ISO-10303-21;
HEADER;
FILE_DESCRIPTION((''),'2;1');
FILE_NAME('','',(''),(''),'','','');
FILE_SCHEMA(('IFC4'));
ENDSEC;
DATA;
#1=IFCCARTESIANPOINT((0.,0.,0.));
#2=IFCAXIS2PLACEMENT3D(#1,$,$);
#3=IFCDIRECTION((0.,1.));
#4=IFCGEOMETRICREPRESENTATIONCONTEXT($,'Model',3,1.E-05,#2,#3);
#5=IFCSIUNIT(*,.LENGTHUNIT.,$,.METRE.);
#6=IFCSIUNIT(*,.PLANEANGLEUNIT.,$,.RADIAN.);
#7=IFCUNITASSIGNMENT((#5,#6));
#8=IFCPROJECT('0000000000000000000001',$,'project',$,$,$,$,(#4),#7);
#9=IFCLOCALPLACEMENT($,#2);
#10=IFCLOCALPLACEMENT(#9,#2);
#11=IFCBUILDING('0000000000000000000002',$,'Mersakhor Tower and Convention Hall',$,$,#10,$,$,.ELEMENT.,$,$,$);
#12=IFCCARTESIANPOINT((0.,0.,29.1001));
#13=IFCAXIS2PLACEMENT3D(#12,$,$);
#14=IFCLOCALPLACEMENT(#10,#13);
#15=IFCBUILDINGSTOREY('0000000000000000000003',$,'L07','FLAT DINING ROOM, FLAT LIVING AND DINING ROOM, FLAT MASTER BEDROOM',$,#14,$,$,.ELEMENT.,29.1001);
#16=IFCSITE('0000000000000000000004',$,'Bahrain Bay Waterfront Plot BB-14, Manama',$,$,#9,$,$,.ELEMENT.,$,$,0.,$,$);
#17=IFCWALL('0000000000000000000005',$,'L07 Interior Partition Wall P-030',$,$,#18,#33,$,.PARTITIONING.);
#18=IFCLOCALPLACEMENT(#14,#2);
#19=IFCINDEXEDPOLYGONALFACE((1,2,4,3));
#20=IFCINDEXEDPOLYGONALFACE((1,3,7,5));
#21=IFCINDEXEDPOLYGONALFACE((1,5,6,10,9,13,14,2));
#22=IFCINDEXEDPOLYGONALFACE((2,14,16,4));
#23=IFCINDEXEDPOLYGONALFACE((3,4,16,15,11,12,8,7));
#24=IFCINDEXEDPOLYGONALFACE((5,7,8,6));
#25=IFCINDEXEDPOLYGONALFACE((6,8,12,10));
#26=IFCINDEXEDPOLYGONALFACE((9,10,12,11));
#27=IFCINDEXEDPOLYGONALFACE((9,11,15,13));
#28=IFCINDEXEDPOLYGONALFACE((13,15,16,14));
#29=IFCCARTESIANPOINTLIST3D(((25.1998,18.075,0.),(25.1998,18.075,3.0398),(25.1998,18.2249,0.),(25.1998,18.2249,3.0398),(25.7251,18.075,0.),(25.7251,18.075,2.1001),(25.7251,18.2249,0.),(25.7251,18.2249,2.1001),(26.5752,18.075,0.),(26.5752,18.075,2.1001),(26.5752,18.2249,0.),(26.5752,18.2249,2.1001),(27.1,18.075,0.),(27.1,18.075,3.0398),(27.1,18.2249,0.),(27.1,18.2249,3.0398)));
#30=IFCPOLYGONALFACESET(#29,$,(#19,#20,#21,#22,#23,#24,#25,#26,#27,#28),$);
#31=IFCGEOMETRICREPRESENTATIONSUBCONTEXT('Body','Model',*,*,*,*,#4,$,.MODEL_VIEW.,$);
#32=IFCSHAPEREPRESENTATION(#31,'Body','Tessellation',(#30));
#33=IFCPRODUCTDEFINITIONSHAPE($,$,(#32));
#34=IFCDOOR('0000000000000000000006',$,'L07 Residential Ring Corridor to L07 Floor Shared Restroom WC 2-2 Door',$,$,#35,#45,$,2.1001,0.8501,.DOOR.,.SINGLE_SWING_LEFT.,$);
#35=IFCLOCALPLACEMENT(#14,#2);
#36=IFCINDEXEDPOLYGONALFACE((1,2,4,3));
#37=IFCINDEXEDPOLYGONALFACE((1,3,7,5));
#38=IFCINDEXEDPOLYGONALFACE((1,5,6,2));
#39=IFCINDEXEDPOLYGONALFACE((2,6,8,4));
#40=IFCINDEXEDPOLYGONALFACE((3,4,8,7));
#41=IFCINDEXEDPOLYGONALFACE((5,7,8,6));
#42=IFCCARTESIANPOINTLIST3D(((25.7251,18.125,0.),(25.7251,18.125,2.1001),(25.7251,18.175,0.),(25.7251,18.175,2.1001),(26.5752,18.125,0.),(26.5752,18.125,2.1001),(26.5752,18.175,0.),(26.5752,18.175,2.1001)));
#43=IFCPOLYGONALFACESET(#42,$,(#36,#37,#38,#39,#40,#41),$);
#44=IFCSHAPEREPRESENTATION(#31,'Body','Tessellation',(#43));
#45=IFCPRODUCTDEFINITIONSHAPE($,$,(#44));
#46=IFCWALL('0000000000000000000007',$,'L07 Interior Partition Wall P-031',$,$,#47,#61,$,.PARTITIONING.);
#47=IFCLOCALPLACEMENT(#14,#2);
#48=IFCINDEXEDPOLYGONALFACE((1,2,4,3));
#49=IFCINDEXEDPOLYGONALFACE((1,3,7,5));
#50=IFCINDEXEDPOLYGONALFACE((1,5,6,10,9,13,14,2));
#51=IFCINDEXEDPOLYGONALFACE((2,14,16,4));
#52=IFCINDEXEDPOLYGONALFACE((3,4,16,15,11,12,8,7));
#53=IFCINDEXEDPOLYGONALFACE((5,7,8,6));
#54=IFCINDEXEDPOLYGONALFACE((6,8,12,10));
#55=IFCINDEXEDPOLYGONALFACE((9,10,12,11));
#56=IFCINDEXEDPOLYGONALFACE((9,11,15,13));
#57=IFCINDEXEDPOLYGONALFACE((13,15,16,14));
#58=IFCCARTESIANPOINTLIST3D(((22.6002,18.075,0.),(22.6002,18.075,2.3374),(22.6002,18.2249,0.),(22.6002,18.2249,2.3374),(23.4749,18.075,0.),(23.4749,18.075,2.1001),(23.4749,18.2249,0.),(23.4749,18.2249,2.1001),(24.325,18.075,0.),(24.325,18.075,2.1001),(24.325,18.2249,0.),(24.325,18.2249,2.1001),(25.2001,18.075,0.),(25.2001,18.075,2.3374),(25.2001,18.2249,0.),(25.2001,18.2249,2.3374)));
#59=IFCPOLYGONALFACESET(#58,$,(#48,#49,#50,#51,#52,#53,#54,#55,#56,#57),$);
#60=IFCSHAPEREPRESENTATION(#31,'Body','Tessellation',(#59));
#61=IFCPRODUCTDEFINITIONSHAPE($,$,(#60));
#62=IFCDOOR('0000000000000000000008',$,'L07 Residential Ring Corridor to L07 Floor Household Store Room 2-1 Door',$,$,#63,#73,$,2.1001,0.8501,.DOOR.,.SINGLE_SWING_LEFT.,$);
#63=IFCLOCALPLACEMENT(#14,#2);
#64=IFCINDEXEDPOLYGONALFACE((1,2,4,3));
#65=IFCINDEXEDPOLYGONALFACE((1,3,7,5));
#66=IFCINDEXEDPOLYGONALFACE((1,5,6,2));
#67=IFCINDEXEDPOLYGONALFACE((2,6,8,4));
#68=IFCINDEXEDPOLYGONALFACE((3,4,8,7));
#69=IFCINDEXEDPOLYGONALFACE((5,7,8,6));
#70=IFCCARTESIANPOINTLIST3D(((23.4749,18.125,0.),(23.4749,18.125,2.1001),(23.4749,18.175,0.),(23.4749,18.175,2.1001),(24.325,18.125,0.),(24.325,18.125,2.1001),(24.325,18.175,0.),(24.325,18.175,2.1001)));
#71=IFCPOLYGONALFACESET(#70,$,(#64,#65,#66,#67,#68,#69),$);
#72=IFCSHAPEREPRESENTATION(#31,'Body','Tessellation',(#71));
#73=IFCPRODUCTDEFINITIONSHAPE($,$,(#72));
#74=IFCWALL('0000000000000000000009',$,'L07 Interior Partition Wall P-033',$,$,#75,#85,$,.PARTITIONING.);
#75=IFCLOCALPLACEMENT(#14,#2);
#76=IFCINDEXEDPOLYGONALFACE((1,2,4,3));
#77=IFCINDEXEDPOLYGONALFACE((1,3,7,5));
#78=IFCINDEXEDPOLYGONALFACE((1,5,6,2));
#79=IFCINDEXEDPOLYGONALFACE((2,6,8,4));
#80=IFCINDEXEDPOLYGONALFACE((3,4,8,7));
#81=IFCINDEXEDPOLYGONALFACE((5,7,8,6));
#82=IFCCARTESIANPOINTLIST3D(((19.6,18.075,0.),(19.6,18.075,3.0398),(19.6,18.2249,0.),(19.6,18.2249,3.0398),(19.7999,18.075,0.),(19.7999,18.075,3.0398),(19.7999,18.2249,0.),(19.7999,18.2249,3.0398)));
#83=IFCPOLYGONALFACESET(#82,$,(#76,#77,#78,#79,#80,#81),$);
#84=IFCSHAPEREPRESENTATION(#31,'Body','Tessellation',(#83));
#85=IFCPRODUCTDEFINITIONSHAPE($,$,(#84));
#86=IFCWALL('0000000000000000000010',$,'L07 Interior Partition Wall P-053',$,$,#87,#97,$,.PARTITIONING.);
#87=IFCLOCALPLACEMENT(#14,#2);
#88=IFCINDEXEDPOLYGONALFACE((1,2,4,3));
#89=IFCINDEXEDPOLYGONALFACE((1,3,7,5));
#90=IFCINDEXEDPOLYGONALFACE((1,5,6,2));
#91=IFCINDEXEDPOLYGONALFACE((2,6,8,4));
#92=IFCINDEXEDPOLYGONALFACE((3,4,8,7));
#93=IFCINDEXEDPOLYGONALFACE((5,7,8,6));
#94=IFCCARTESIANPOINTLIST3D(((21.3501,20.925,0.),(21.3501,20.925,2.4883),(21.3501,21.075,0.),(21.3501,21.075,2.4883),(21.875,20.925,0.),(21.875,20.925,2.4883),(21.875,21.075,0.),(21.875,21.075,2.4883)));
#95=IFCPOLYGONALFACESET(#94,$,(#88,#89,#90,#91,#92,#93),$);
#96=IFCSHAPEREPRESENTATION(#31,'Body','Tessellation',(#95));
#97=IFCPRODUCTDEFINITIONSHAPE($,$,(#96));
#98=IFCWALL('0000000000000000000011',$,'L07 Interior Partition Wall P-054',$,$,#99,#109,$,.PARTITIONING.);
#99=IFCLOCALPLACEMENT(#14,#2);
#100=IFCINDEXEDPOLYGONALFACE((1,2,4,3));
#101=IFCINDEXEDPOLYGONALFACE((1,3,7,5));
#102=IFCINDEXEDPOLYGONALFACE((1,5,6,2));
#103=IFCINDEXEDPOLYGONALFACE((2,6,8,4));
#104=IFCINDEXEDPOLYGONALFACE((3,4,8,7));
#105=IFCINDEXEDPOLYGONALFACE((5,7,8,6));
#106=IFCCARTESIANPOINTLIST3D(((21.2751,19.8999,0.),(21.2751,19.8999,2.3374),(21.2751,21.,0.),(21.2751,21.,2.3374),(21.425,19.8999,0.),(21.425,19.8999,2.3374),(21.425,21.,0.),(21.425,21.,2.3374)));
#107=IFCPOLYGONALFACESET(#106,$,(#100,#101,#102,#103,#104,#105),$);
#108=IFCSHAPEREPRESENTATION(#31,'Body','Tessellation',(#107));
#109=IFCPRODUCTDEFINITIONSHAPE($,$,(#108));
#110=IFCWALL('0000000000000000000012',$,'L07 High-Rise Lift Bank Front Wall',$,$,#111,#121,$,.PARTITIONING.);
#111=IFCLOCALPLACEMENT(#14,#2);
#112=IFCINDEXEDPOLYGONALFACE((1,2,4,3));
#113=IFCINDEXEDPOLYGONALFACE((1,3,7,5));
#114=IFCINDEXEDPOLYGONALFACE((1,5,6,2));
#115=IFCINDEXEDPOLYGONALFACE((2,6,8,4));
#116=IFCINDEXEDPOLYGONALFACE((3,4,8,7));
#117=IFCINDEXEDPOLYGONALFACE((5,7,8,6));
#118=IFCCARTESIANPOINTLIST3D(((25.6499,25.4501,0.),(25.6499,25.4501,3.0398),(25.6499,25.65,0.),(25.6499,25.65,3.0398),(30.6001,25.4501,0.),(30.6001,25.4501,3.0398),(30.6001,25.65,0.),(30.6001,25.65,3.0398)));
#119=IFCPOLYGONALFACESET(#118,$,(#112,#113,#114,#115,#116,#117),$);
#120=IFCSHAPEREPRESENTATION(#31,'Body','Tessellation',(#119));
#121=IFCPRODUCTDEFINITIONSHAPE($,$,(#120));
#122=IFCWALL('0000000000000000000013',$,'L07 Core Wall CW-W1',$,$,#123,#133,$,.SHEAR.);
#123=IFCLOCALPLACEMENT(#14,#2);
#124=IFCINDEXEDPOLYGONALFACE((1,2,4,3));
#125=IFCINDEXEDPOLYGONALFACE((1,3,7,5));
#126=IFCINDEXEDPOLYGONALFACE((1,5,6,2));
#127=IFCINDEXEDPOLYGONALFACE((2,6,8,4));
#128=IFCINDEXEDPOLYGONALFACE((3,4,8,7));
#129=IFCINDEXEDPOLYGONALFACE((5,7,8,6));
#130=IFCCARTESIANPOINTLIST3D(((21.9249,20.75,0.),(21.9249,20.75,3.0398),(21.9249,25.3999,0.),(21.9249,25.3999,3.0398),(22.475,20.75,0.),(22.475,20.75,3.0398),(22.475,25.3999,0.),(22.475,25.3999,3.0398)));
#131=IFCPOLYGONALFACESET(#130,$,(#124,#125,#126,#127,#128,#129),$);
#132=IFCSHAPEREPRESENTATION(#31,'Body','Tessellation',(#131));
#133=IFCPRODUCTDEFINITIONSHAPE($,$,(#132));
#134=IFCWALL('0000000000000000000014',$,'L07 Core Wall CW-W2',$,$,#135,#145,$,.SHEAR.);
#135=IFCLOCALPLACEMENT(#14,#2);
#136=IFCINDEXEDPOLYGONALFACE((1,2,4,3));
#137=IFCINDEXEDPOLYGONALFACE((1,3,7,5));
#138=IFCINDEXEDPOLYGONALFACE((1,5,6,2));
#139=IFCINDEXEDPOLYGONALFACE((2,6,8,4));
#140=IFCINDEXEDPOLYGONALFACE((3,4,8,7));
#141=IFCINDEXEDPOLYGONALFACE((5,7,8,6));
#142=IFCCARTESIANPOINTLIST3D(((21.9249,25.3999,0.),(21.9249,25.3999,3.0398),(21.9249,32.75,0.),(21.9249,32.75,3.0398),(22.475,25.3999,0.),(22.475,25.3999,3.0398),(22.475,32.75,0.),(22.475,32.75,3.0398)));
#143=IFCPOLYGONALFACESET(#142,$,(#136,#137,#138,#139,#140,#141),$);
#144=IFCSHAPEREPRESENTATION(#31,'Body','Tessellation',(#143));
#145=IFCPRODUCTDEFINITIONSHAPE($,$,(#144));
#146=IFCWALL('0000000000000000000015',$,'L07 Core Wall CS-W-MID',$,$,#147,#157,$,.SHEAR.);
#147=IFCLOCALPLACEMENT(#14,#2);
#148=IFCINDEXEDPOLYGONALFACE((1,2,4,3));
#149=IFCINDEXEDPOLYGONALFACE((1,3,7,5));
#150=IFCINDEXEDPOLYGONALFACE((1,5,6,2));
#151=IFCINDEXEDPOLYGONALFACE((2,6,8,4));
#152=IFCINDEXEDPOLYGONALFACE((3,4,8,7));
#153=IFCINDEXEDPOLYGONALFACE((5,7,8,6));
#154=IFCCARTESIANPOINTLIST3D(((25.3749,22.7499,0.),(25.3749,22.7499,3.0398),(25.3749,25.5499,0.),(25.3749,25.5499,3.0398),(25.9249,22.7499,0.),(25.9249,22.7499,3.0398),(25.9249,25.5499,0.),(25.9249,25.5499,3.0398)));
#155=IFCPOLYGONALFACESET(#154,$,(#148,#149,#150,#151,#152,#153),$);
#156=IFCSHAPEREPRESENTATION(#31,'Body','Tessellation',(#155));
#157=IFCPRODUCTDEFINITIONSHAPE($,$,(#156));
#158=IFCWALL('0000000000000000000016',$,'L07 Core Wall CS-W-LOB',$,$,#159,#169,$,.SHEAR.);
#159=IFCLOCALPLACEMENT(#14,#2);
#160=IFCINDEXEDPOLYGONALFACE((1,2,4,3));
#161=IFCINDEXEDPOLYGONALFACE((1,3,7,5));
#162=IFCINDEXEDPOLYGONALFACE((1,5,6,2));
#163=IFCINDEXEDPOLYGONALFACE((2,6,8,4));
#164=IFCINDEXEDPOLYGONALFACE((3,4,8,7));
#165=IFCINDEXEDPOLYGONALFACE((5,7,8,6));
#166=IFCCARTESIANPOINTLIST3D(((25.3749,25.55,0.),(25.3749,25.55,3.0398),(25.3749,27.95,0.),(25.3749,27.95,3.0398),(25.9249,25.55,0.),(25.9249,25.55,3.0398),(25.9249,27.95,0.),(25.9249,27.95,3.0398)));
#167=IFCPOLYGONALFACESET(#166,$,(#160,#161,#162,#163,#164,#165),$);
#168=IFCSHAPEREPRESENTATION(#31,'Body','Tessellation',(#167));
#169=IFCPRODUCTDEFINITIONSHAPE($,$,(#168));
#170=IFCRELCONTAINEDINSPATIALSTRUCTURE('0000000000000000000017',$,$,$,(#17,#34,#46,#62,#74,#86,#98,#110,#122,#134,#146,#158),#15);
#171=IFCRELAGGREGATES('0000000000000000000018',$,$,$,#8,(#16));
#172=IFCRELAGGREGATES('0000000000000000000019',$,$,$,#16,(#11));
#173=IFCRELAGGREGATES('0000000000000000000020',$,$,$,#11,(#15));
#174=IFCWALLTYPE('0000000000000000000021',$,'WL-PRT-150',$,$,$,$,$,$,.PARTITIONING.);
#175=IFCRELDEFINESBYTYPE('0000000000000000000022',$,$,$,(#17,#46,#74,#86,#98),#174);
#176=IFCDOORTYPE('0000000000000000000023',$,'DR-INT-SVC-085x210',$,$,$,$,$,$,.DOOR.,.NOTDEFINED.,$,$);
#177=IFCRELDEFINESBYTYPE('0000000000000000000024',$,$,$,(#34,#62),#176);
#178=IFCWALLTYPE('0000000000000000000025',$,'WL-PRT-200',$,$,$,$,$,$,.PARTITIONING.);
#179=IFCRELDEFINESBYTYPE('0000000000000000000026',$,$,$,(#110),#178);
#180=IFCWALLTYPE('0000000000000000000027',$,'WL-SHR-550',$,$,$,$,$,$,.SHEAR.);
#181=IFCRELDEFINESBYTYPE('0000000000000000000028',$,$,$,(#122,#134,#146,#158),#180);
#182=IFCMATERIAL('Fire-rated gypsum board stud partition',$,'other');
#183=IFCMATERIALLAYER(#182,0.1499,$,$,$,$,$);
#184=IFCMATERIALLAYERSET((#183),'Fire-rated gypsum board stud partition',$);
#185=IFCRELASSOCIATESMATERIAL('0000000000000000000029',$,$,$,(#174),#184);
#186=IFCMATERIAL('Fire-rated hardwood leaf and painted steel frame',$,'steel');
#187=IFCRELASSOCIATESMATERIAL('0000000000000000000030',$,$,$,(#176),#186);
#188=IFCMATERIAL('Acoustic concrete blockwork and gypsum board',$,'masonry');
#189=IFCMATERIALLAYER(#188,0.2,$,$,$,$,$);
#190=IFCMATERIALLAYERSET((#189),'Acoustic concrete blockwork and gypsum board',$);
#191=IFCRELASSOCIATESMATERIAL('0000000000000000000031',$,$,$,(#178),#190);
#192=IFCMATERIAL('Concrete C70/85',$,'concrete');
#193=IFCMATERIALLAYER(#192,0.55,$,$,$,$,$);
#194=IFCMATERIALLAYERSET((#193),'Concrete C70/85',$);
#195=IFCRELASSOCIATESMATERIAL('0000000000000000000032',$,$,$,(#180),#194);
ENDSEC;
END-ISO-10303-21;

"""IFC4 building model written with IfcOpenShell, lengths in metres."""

from ifc_helpers import new_model, si_unit, direction, frame, frame_2d, origin, place, context, subcontext, project, spatial, rectangle, extrude, material, layer, layer_set, type_object, element, fill, save


model = new_model("IFC4")

# Units and contexts
model_context = context("Model", 3, precision=1e-05, world=origin(), true_north=direction((0.0, 1.0)))
body_context = subcontext(model_context, "Body", "Model", "MODEL_VIEW")
ifc_project = project(units=[si_unit("LENGTHUNIT", "METRE"), si_unit("PLANEANGLEUNIT", "RADIAN")], contexts=[model_context])

# Site, building, storey
site_placement = place(None, origin())
site = spatial("IfcSite", under=ifc_project, at=site_placement, Name="Bahrain Bay Waterfront Plot BB-14, Manama", CompositionType="ELEMENT", RefElevation=0.0)
building_placement = place(site_placement, origin())
building = spatial("IfcBuilding", under=site, at=building_placement, Name="Mersakhor Tower and Convention Hall", CompositionType="ELEMENT")
storey_placement = place(building_placement, frame((0.0, 0.0, 29.1001)))
storey = spatial("IfcBuildingStorey", under=building, at=storey_placement, Name="L07", Description="FLAT DINING ROOM, FLAT LIVING AND DINING ROOM, FLAT MASTER BEDROOM", CompositionType="ELEMENT", Elevation=29.1001)

# Shared definitions
ifc_material_1 = material(Name="Fire-rated gypsum board stud partition", Category="other")
ifc_layer_1 = layer(ifc_material_1, 0.1499)
ifc_layer_set_1 = layer_set([ifc_layer_1], Name="Fire-rated gypsum board stud partition")
wall_type_1 = type_object("IfcWallType", Name="WL-PRT-150", PredefinedType="PARTITIONING", material=ifc_layer_set_1)

# Walls, openings, doors
wall_1_placement = place(storey_placement, frame((27.1001, 18.1499, 0.0), z_axis=(0.0, 0.0, 1.0), x_axis=(-1.0, 0.0, 0.0)))
wall_1 = element("IfcWall", 1, at=wall_1_placement, inside=storey, type_object=wall_type_1, Name="L07 Interior Partition Wall P-030", PredefinedType="PARTITIONING", context=body_context, shape_type="SweptSolid", body=[
    extrude(rectangle(XDim=1.9001, YDim=0.1499, at=frame_2d((0.9502, 0.0))), origin(), (0.0, 0.0, 1.0), 3.0398),
])
opening_1_placement = place(wall_1_placement, frame((0.5249, 0.0, 0.0)))
opening_1 = element("IfcOpeningElement", 2, at=opening_1_placement, cuts=wall_1, PredefinedType="OPENING", context=body_context, shape_type="SweptSolid", body=[
    extrude(rectangle(XDim=0.8501, YDim=2.1001, at=frame_2d((0.425, 1.05))), frame((0.0, 0.085, 0.0), z_axis=(0.0, -1.0, 0.0), x_axis=(1.0, 0.0, 0.0)), (0.0, 0.0, 1.0), 0.1699),
])
ifc_material_2 = material(Name="Fire-rated hardwood leaf and painted steel frame", Category="steel")
door_type_1 = type_object("IfcDoorType", Name="DR-INT-SVC-085x210", OperationType="NOTDEFINED", PredefinedType="DOOR", material=ifc_material_2)
door_1_placement = place(opening_1_placement, origin())
door_1 = element("IfcDoor", 3, at=door_1_placement, inside=storey, type_object=door_type_1, Name="L07 Residential Ring Corridor to L07 Floor Shared Restroom WC 2-2 Door", OperationType="SINGLE_SWING_LEFT", OverallHeight=2.1001, OverallWidth=0.8501, PredefinedType="DOOR", context=body_context, shape_type="SweptSolid", body=[
    extrude(rectangle(XDim=0.8501, YDim=2.1001, at=frame_2d((0.425, 1.05))), frame((0.0, 0.0249, 0.0), z_axis=(0.0, -1.0, 0.0), x_axis=(1.0, 0.0, 0.0)), (0.0, 0.0, 1.0), 0.05),
])
fill(opening_1, door_1)
wall_2_placement = place(storey_placement, frame((25.2, 18.1499, 0.0), z_axis=(0.0, 0.0, 1.0), x_axis=(-1.0, 0.0, 0.0)))
wall_2 = element("IfcWall", 4, at=wall_2_placement, inside=storey, type_object=wall_type_1, Name="L07 Interior Partition Wall P-031", PredefinedType="PARTITIONING", context=body_context, shape_type="SweptSolid", body=[
    extrude(rectangle(XDim=2.5999, YDim=0.1499, at=frame_2d((1.2998, 0.0))), origin(), (0.0, 0.0, 1.0), 2.3374),
])
opening_2_placement = place(wall_2_placement, frame((0.875, 0.0, 0.0)))
opening_2 = element("IfcOpeningElement", 5, at=opening_2_placement, cuts=wall_2, PredefinedType="OPENING", context=body_context, shape_type="SweptSolid", body=[
    extrude(rectangle(XDim=0.8501, YDim=2.1001, at=frame_2d((0.425, 1.05))), frame((0.0, 0.085, 0.0), z_axis=(0.0, -1.0, 0.0), x_axis=(1.0, 0.0, 0.0)), (0.0, 0.0, 1.0), 0.1699),
])
door_2_placement = place(opening_2_placement, origin())
door_2 = element("IfcDoor", 6, at=door_2_placement, inside=storey, type_object=door_type_1, Name="L07 Residential Ring Corridor to L07 Floor Household Store Room 2-1 Door", OperationType="SINGLE_SWING_LEFT", OverallHeight=2.1001, OverallWidth=0.8501, PredefinedType="DOOR", context=body_context, shape_type="SweptSolid", body=[
    extrude(rectangle(XDim=0.8501, YDim=2.1001, at=frame_2d((0.425, 1.05))), frame((0.0, 0.0249, 0.0), z_axis=(0.0, -1.0, 0.0), x_axis=(1.0, 0.0, 0.0)), (0.0, 0.0, 1.0), 0.05),
])
fill(opening_2, door_2)

# Walls
wall_3_placement = place(storey_placement, frame((19.8, 18.1499, 0.0), z_axis=(0.0, 0.0, 1.0), x_axis=(-1.0, 0.0, 0.0)))
element("IfcWall", 7, at=wall_3_placement, inside=storey, type_object=wall_type_1, Name="L07 Interior Partition Wall P-033", PredefinedType="PARTITIONING", context=body_context, shape_type="SweptSolid", body=[
    extrude(rectangle(XDim=0.2, YDim=0.1499, at=frame_2d((0.1001, 0.0))), origin(), (0.0, 0.0, 1.0), 3.0398),
])
wall_4_placement = place(storey_placement, frame((21.875, 21.0, 0.0), z_axis=(0.0, 0.0, 1.0), x_axis=(-1.0, 0.0, 0.0)))
element("IfcWall", 8, at=wall_4_placement, inside=storey, type_object=wall_type_1, Name="L07 Interior Partition Wall P-053", PredefinedType="PARTITIONING", context=body_context, shape_type="SweptSolid", body=[
    extrude(rectangle(XDim=0.5249, YDim=0.1499, at=frame_2d((0.2625, 0.0))), origin(), (0.0, 0.0, 1.0), 2.4883),
])
wall_5_placement = place(storey_placement, frame((21.3501, 21.0, 0.0), z_axis=(0.0, 0.0, 1.0), x_axis=(0.0, -1.0, 0.0)))
element("IfcWall", 9, at=wall_5_placement, inside=storey, type_object=wall_type_1, Name="L07 Interior Partition Wall P-054", PredefinedType="PARTITIONING", context=body_context, shape_type="SweptSolid", body=[
    extrude(rectangle(XDim=1.1001, YDim=0.1499, at=frame_2d((0.55, 0.0))), origin(), (0.0, 0.0, 1.0), 2.3374),
])
ifc_material_3 = material(Name="Acoustic concrete blockwork and gypsum board", Category="masonry")
ifc_layer_2 = layer(ifc_material_3, 0.2)
ifc_layer_set_2 = layer_set([ifc_layer_2], Name="Acoustic concrete blockwork and gypsum board")
wall_type_2 = type_object("IfcWallType", Name="WL-PRT-200", PredefinedType="PARTITIONING", material=ifc_layer_set_2)
wall_6_placement = place(storey_placement, frame((25.6499, 25.55, 0.0), z_axis=(0.0, 0.0, 1.0), x_axis=(1.0, 0.0, 0.0)))
element("IfcWall", 10, at=wall_6_placement, inside=storey, type_object=wall_type_2, Name="L07 High-Rise Lift Bank Front Wall", PredefinedType="PARTITIONING", context=body_context, shape_type="SweptSolid", body=[
    extrude(rectangle(XDim=4.9502, YDim=0.2, at=frame_2d((2.4751, 0.0))), origin(), (0.0, 0.0, 1.0), 3.0398),
])

# Walls
ifc_material_4 = material(Name="Concrete C70/85", Category="concrete")
ifc_layer_3 = layer(ifc_material_4, 0.55)
ifc_layer_set_3 = layer_set([ifc_layer_3], Name="Concrete C70/85")
wall_type_3 = type_object("IfcWallType", Name="WL-SHR-550", PredefinedType="SHEAR", material=ifc_layer_set_3)
wall_7_placement = place(storey_placement, frame((22.2, 20.75, 0.0), z_axis=(0.0, 0.0, 1.0), x_axis=(0.0, 1.0, 0.0)))
element("IfcWall", 11, at=wall_7_placement, inside=storey, type_object=wall_type_3, Name="L07 Core Wall CW-W1", PredefinedType="SHEAR", context=body_context, shape_type="SweptSolid", body=[
    extrude(rectangle(XDim=4.6499, YDim=0.55, at=frame_2d((2.325, 0.0))), origin(), (0.0, 0.0, 1.0), 3.0398),
])
wall_8_placement = place(storey_placement, frame((22.2, 25.3999, 0.0), z_axis=(0.0, 0.0, 1.0), x_axis=(0.0, 1.0, 0.0)))
element("IfcWall", 12, at=wall_8_placement, inside=storey, type_object=wall_type_3, Name="L07 Core Wall CW-W2", PredefinedType="SHEAR", context=body_context, shape_type="SweptSolid", body=[
    extrude(rectangle(XDim=7.3501, YDim=0.55, at=frame_2d((3.675, 0.0))), origin(), (0.0, 0.0, 1.0), 3.0398),
])

# Walls
wall_9_placement = place(storey_placement, frame((25.6499, 22.75, 0.0), z_axis=(0.0, 0.0, 1.0), x_axis=(0.0, 1.0, 0.0)))
element("IfcWall", 13, at=wall_9_placement, inside=storey, type_object=wall_type_3, Name="L07 Core Wall CS-W-MID", PredefinedType="SHEAR", context=body_context, shape_type="SweptSolid", body=[
    extrude(rectangle(XDim=2.8, YDim=0.55, at=frame_2d((1.3999, 0.0))), origin(), (0.0, 0.0, 1.0), 3.0398),
])
wall_10_placement = place(storey_placement, frame((25.6499, 25.55, 0.0), z_axis=(0.0, 0.0, 1.0), x_axis=(0.0, 1.0, 0.0)))
element("IfcWall", 14, at=wall_10_placement, inside=storey, type_object=wall_type_3, Name="L07 Core Wall CS-W-LOB", PredefinedType="SHEAR", context=body_context, shape_type="SweptSolid", body=[
    extrude(rectangle(XDim=2.3999, YDim=0.55, at=frame_2d((1.2, 0.0))), origin(), (0.0, 0.0, 1.0), 3.0398),
])

save(model, "model.ifc")
